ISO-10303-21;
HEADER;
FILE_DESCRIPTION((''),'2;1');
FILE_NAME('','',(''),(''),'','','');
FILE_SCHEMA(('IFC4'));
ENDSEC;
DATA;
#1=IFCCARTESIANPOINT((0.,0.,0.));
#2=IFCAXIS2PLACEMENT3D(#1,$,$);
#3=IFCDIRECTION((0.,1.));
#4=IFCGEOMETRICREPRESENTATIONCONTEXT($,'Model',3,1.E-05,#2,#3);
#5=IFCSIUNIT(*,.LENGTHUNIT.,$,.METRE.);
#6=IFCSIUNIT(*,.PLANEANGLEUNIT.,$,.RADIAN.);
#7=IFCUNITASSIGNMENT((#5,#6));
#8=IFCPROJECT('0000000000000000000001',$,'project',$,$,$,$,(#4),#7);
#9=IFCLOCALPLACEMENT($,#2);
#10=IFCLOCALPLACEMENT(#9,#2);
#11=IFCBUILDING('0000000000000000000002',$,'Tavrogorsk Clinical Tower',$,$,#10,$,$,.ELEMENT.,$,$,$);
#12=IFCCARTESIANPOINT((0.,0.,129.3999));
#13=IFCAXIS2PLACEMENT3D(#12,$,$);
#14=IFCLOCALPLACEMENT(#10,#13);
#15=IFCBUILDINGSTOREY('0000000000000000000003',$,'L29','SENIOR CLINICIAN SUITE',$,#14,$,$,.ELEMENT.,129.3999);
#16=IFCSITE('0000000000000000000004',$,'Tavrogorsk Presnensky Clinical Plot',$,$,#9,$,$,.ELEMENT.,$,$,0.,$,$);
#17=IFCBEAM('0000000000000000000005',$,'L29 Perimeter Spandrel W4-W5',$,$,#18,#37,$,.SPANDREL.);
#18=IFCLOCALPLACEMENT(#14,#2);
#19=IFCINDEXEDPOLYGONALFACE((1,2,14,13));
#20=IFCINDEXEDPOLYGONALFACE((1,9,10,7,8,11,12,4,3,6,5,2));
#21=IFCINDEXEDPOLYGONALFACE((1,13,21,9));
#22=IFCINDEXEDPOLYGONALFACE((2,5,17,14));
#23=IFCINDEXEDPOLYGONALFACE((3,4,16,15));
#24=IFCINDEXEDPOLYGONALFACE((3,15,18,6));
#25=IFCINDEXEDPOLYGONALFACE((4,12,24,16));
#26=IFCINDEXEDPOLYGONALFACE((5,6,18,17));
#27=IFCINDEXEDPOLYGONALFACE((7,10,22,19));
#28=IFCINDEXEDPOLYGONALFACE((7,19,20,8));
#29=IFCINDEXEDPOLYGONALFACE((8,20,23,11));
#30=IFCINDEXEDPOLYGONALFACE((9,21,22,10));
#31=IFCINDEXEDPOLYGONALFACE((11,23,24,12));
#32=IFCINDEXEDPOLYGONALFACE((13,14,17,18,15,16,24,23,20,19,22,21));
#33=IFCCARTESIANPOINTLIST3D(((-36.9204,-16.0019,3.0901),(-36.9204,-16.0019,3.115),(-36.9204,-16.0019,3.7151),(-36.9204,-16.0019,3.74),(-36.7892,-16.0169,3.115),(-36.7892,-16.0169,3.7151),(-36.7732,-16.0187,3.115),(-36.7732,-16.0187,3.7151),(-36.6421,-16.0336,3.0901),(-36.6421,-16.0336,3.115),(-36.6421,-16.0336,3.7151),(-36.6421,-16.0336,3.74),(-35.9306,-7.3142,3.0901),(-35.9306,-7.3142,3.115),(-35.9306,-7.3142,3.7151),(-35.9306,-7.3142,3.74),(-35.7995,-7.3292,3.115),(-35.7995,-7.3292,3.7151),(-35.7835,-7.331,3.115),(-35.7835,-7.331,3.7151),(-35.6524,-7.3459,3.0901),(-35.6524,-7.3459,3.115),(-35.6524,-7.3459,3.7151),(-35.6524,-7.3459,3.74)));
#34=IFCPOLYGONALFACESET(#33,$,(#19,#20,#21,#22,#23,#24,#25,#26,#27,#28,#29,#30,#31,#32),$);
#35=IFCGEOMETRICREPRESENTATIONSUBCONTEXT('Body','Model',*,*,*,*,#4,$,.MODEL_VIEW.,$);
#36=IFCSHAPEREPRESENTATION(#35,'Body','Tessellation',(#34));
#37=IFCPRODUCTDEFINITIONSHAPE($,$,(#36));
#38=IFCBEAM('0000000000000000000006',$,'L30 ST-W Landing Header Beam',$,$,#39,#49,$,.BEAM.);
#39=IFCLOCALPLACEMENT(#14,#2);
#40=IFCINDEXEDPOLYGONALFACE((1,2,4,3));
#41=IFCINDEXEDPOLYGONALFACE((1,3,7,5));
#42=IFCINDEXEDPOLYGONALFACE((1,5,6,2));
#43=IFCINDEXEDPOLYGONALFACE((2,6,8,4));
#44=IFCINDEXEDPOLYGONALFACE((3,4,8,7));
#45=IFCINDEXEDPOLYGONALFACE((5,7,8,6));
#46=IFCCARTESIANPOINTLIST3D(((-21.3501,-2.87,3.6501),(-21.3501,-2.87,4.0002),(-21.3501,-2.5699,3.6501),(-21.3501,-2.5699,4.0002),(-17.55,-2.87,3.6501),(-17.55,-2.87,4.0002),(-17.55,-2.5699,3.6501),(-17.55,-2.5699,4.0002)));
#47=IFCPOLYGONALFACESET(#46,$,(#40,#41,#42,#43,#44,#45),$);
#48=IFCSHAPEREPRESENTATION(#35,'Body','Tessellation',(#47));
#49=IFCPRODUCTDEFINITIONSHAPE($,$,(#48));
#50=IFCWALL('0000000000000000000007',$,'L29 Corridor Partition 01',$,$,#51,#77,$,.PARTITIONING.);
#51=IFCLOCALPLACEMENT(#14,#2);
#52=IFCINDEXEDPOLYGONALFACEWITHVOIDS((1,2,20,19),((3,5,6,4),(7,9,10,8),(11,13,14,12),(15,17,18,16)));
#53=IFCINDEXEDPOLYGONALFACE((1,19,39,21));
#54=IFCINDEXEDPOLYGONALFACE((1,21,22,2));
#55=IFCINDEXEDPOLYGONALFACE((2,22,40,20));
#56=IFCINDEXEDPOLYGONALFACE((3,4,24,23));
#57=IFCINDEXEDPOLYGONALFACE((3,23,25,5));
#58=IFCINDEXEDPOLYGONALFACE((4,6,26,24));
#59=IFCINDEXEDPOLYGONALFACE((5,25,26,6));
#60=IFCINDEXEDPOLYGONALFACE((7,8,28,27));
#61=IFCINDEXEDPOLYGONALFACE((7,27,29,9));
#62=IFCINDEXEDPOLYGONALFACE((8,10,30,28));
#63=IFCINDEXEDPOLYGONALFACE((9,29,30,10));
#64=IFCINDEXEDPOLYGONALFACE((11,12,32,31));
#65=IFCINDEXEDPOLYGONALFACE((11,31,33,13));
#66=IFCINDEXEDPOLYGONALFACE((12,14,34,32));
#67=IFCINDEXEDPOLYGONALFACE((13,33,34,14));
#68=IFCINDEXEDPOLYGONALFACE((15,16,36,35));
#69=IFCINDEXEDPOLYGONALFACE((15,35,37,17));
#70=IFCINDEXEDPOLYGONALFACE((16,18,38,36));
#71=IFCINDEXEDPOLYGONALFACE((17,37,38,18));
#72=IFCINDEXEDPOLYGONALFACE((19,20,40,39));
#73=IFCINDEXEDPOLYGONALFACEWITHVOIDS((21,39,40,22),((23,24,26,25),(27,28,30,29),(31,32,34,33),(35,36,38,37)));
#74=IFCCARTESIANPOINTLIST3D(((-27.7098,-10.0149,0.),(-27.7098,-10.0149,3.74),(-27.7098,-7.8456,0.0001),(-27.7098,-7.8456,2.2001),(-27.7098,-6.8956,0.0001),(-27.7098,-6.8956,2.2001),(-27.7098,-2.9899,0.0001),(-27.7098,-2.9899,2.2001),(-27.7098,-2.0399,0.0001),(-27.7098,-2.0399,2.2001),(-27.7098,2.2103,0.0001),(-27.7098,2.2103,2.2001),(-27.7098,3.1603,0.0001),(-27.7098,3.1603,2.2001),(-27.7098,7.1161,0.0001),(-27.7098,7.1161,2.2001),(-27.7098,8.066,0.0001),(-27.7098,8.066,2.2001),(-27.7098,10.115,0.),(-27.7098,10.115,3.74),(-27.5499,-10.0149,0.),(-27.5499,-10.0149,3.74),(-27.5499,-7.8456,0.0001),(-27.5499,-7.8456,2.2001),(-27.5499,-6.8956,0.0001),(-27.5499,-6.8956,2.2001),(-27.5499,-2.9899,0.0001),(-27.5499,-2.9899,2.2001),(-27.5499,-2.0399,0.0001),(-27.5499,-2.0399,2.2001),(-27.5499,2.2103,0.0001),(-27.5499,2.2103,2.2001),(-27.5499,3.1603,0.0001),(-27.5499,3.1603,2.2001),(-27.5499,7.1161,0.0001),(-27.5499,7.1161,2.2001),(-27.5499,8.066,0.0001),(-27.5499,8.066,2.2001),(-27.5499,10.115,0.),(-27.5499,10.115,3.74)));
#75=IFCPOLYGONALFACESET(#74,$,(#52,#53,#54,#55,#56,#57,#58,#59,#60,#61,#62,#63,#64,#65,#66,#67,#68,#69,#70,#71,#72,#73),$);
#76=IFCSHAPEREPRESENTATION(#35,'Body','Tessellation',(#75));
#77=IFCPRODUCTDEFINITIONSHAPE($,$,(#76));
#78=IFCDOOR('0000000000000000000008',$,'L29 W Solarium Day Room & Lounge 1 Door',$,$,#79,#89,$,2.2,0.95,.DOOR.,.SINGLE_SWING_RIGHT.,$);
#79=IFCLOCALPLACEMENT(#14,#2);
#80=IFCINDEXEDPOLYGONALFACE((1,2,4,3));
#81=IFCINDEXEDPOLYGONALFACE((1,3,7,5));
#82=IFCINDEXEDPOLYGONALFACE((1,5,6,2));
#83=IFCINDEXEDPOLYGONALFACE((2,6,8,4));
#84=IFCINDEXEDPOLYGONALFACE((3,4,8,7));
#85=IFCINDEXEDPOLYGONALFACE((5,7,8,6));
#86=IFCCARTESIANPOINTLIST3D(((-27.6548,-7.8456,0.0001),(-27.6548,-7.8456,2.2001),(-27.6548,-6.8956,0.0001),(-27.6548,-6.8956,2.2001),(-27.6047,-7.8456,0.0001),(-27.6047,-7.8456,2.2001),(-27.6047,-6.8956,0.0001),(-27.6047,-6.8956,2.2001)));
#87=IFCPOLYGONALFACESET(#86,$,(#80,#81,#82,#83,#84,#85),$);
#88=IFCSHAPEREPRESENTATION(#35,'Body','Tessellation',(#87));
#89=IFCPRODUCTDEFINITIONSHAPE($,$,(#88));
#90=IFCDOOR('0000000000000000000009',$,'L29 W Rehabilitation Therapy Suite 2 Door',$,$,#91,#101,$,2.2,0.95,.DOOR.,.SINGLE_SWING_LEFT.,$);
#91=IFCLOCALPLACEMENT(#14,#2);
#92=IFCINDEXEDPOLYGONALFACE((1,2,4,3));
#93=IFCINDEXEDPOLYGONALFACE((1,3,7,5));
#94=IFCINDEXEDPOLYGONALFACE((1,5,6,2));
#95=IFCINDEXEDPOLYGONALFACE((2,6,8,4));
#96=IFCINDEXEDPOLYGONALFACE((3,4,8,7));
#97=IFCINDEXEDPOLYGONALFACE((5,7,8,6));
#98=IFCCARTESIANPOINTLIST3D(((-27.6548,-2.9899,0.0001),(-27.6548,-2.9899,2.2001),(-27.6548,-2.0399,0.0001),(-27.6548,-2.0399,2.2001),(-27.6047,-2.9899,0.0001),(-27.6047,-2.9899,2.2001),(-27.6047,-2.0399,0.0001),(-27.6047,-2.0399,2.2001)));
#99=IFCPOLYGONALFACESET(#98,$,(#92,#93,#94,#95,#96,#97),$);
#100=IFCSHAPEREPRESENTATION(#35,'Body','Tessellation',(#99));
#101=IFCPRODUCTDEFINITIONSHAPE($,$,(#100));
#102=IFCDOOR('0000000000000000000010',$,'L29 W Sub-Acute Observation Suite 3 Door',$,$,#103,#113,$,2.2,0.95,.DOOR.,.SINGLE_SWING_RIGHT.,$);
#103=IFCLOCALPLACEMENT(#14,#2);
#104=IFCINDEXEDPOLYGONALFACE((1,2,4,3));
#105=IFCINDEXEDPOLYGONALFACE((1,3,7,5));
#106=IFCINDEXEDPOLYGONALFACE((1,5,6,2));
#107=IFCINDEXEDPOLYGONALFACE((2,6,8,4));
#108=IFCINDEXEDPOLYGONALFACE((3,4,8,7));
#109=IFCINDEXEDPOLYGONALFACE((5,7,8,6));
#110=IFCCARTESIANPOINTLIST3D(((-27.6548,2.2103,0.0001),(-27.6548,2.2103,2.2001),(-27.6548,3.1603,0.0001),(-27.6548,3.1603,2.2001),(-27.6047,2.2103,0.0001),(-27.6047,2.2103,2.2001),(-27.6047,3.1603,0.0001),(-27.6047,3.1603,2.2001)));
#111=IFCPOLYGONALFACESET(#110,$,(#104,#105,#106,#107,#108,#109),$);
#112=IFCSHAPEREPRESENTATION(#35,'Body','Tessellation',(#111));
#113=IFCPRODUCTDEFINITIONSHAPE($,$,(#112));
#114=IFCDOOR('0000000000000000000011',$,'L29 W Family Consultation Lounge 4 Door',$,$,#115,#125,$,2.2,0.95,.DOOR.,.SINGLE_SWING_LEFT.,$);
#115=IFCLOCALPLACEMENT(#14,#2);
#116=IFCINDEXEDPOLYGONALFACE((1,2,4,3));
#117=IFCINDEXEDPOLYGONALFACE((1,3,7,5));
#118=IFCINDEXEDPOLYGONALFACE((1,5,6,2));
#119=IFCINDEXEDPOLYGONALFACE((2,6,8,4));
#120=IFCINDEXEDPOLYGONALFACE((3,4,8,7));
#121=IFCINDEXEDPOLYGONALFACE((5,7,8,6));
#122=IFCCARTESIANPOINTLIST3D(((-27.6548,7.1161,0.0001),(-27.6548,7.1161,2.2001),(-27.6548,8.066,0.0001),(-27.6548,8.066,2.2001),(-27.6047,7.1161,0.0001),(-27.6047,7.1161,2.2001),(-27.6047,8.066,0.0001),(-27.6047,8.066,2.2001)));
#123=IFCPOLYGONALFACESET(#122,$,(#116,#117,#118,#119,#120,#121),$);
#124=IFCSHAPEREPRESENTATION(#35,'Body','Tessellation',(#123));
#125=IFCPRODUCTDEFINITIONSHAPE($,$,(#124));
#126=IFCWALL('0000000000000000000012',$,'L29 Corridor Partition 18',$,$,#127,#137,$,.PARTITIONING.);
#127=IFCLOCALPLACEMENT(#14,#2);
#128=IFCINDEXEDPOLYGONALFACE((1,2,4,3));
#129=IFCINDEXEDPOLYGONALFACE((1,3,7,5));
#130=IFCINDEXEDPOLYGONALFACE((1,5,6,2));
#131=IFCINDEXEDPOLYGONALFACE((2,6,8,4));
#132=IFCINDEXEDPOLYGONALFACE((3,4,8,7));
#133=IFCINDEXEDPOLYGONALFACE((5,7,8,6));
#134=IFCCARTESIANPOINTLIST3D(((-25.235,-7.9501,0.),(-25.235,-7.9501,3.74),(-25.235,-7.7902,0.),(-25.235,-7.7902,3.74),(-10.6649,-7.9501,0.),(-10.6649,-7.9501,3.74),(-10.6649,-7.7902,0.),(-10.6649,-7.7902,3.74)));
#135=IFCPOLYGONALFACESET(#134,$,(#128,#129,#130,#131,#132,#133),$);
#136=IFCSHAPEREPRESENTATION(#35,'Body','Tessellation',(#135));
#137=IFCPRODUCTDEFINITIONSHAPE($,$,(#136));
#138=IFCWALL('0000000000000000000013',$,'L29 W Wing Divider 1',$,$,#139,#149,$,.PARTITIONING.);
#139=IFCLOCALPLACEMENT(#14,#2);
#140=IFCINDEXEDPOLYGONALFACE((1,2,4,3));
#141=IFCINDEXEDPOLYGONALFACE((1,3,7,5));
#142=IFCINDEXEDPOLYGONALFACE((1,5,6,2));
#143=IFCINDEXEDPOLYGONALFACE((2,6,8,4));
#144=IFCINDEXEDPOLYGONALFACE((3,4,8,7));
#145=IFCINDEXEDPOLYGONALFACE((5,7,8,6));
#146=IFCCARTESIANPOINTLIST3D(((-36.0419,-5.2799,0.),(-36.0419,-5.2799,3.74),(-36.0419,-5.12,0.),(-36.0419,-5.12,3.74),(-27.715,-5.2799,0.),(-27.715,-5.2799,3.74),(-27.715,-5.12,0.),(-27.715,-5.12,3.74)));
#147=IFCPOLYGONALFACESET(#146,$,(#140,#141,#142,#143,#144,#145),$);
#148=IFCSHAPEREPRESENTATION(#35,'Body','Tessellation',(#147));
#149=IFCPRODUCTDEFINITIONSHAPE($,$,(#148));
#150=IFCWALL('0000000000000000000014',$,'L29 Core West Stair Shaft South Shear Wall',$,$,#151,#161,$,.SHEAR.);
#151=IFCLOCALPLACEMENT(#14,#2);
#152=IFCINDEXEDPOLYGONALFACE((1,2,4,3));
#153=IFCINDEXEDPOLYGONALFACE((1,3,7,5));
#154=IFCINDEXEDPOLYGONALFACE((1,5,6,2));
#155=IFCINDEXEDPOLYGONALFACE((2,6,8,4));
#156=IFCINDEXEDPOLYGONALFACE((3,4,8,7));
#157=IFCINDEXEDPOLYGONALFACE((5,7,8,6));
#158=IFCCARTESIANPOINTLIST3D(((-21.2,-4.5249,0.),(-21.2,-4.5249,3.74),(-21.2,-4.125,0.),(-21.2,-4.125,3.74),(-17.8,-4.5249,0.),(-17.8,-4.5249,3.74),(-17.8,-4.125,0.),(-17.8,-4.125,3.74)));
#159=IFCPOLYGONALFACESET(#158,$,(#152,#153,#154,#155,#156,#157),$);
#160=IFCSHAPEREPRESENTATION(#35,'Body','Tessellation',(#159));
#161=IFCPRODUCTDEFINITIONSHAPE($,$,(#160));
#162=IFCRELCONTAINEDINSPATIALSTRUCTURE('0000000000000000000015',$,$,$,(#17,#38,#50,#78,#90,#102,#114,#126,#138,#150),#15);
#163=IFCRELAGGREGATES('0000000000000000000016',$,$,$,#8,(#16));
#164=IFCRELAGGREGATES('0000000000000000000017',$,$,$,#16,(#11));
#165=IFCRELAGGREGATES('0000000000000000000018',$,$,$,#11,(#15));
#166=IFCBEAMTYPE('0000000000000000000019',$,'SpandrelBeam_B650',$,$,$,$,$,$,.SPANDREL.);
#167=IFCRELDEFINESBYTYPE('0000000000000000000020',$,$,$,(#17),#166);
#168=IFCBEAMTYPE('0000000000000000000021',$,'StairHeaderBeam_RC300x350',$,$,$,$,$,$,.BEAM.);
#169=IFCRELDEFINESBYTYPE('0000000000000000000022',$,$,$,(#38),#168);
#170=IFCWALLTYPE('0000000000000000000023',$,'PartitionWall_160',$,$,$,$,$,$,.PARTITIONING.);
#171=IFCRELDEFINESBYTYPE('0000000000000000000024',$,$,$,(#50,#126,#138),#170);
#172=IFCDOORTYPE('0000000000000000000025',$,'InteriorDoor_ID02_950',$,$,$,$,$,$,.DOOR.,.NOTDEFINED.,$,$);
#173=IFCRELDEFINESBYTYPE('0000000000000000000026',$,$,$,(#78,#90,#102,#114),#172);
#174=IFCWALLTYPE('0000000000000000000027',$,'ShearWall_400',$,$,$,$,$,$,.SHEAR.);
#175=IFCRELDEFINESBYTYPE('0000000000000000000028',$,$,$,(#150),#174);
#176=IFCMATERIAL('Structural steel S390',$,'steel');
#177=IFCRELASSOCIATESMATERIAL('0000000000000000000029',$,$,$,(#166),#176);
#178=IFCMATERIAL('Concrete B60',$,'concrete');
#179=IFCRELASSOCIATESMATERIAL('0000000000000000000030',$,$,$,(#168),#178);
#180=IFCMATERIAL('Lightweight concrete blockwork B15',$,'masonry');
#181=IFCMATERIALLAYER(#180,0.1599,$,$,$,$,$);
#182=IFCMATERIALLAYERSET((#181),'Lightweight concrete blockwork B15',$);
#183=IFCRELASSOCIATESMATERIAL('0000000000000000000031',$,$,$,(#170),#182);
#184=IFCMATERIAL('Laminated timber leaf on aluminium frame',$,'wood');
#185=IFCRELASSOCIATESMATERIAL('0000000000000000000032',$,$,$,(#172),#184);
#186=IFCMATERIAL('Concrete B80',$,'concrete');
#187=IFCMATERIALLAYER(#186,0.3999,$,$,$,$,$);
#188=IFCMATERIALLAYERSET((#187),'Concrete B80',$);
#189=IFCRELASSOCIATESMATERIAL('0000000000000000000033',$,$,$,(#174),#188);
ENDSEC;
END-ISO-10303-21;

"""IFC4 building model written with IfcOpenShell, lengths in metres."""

from ifc_helpers import new_model, si_unit, direction, frame, frame_2d, origin, origin_2d, place, context, subcontext, project, spatial, rectangle, i_section, extrude, material, layer, layer_set, material_profile, profile_set, type_object, element, fill, save


model = new_model("IFC4")

# Units and contexts
model_context = context("Model", 3, precision=1e-05, world=origin(), true_north=direction((0.0, 1.0)))
body_context = subcontext(model_context, "Body", "Model", "MODEL_VIEW")
ifc_project = project(units=[si_unit("LENGTHUNIT", "METRE"), si_unit("PLANEANGLEUNIT", "RADIAN")], contexts=[model_context])

# Site, building, storey
site_placement = place(None, origin())
site = spatial("IfcSite", under=ifc_project, at=site_placement, Name="Tavrogorsk Presnensky Clinical Plot", CompositionType="ELEMENT", RefElevation=0.0)
building_placement = place(site_placement, origin())
building = spatial("IfcBuilding", under=site, at=building_placement, Name="Tavrogorsk Clinical Tower", CompositionType="ELEMENT")
storey_placement = place(building_placement, frame((0.0, 0.0, 129.3999)))
storey = spatial("IfcBuildingStorey", under=building, at=storey_placement, Name="L29", Description="SENIOR CLINICIAN SUITE", CompositionType="ELEMENT", Elevation=129.3999)

# Beams
ifc_material_1 = material(Name="Structural steel S390", Category="steel")
ifc_material_profile_1 = material_profile(ifc_material_1, i_section(OverallWidth=0.28, OverallDepth=0.6499, WebThickness=0.0161, FlangeThickness=0.0249, at=origin_2d()), Name="B-650x280x16x25")
ifc_profile_set_1 = profile_set([ifc_material_profile_1], Name="Structural steel S390")
beam_type_1 = type_object("IfcBeamType", Name="SpandrelBeam_B650", PredefinedType="SPANDREL", material=ifc_profile_set_1)
beam_1_placement = place(storey_placement, frame((-35.7915, -7.3301, 3.415), z_axis=(-0.113192, -0.993573, 0.0), x_axis=(0.993573, -0.113192, 0.0)))
element("IfcBeam", 1, at=beam_1_placement, inside=storey, type_object=beam_type_1, Name="L29 Perimeter Spandrel W4-W5", PredefinedType="SPANDREL", context=body_context, shape_type="SweptSolid", body=[
    extrude(i_section(OverallWidth=0.28, OverallDepth=0.6499, WebThickness=0.0161, FlangeThickness=0.0249, at=origin_2d()), origin(), (0.0, 0.0, 1.0), 8.7439),
])
ifc_material_2 = material(Name="Concrete B60", Category="concrete")
ifc_material_profile_2 = material_profile(ifc_material_2, rectangle(XDim=0.3, YDim=0.3501, at=origin_2d()), Name="RC-SHB-300x350")
ifc_profile_set_2 = profile_set([ifc_material_profile_2], Name="Concrete B60")
beam_type_2 = type_object("IfcBeamType", Name="StairHeaderBeam_RC300x350", PredefinedType="BEAM", material=ifc_profile_set_2)
beam_2_placement = place(storey_placement, frame((-21.3501, -2.72, 3.8252), z_axis=(1.0, 0.0, 0.0), x_axis=(0.0, 1.0, 0.0)))
element("IfcBeam", 2, at=beam_2_placement, inside=storey, type_object=beam_type_2, Name="L30 ST-W Landing Header Beam", PredefinedType="BEAM", context=body_context, shape_type="SweptSolid", body=[
    extrude(rectangle(XDim=0.3, YDim=0.3501, at=origin_2d()), origin(), (0.0, 0.0, 1.0), 3.8),
])

# Wall, openings, doors
ifc_material_3 = material(Name="Lightweight concrete blockwork B15", Category="masonry")
ifc_layer_1 = layer(ifc_material_3, 0.1599)
ifc_layer_set_1 = layer_set([ifc_layer_1], Name="Lightweight concrete blockwork B15")
wall_type_1 = type_object("IfcWallType", Name="PartitionWall_160", PredefinedType="PARTITIONING", material=ifc_layer_set_1)
wall_1_placement = place(storey_placement, frame((-27.6299, -10.0149, 0.0), z_axis=(0.0, 0.0, 1.0), x_axis=(0.0, 1.0, 0.0)))
wall_1 = element("IfcWall", 3, at=wall_1_placement, inside=storey, type_object=wall_type_1, Name="L29 Corridor Partition 01", PredefinedType="PARTITIONING", context=body_context, shape_type="SweptSolid", body=[
    extrude(rectangle(XDim=20.1299, YDim=0.1599, at=frame_2d((10.0649, 0.0))), origin(), (0.0, 0.0, 1.0), 3.74),
])
opening_1_placement = place(wall_1_placement, frame((2.1692, 0.0, 0.0)))
opening_1 = element("IfcOpeningElement", 4, at=opening_1_placement, cuts=wall_1, PredefinedType="OPENING", context=body_context, shape_type="SweptSolid", body=[
    extrude(rectangle(XDim=0.95, YDim=2.2, at=frame_2d((0.4751, 1.1001))), frame((0.0, 0.0898, 0.0), z_axis=(0.0, -1.0, 0.0), x_axis=(1.0, 0.0, 0.0)), (0.0, 0.0, 1.0), 0.1799),
])
opening_2_placement = place(wall_1_placement, frame((7.0249, 0.0, 0.0)))
opening_2 = element("IfcOpeningElement", 5, at=opening_2_placement, cuts=wall_1, PredefinedType="OPENING", context=body_context, shape_type="SweptSolid", body=[
    extrude(rectangle(XDim=0.95, YDim=2.2, at=frame_2d((0.4751, 1.1001))), frame((0.0, 0.0898, 0.0), z_axis=(0.0, -1.0, 0.0), x_axis=(1.0, 0.0, 0.0)), (0.0, 0.0, 1.0), 0.1799),
])
opening_3_placement = place(wall_1_placement, frame((12.2251, 0.0, 0.0)))
opening_3 = element("IfcOpeningElement", 6, at=opening_3_placement, cuts=wall_1, PredefinedType="OPENING", context=body_context, shape_type="SweptSolid", body=[
    extrude(rectangle(XDim=0.95, YDim=2.2, at=frame_2d((0.4751, 1.1001))), frame((0.0, 0.0898, 0.0), z_axis=(0.0, -1.0, 0.0), x_axis=(1.0, 0.0, 0.0)), (0.0, 0.0, 1.0), 0.1799),
])
opening_4_placement = place(wall_1_placement, frame((17.1309, 0.0, 0.0)))
opening_4 = element("IfcOpeningElement", 7, at=opening_4_placement, cuts=wall_1, PredefinedType="OPENING", context=body_context, shape_type="SweptSolid", body=[
    extrude(rectangle(XDim=0.95, YDim=2.2, at=frame_2d((0.4751, 1.1001))), frame((0.0, 0.0898, 0.0), z_axis=(0.0, -1.0, 0.0), x_axis=(1.0, 0.0, 0.0)), (0.0, 0.0, 1.0), 0.1799),
])
ifc_material_4 = material(Name="Laminated timber leaf on aluminium frame", Category="wood")
door_type = type_object("IfcDoorType", Name="InteriorDoor_ID02_950", OperationType="NOTDEFINED", PredefinedType="DOOR", material=ifc_material_4)
door_1_placement = place(opening_1_placement, origin())
door_1 = element("IfcDoor", 8, at=door_1_placement, inside=storey, type_object=door_type, Name="L29 W Solarium Day Room & Lounge 1 Door", OperationType="SINGLE_SWING_RIGHT", OverallHeight=2.2, OverallWidth=0.95, PredefinedType="DOOR", context=body_context, shape_type="SweptSolid", body=[
    extrude(rectangle(XDim=0.95, YDim=2.2, at=frame_2d((0.4751, 1.1001))), frame((0.0, 0.0249, 0.0), z_axis=(0.0, -1.0, 0.0), x_axis=(1.0, 0.0, 0.0)), (0.0, 0.0, 1.0), 0.05),
])
fill(opening_1, door_1)
door_2_placement = place(opening_2_placement, origin())
door_2 = element("IfcDoor", 9, at=door_2_placement, inside=storey, type_object=door_type, Name="L29 W Rehabilitation Therapy Suite 2 Door", OperationType="SINGLE_SWING_LEFT", OverallHeight=2.2, OverallWidth=0.95, PredefinedType="DOOR", context=body_context, shape_type="SweptSolid", body=[
    extrude(rectangle(XDim=0.95, YDim=2.2, at=frame_2d((0.4751, 1.1001))), frame((0.0, 0.0249, 0.0), z_axis=(0.0, -1.0, 0.0), x_axis=(1.0, 0.0, 0.0)), (0.0, 0.0, 1.0), 0.05),
])
fill(opening_2, door_2)
door_3_placement = place(opening_3_placement, origin())
door_3 = element("IfcDoor", 10, at=door_3_placement, inside=storey, type_object=door_type, Name="L29 W Sub-Acute Observation Suite 3 Door", OperationType="SINGLE_SWING_RIGHT", OverallHeight=2.2, OverallWidth=0.95, PredefinedType="DOOR", context=body_context, shape_type="SweptSolid", body=[
    extrude(rectangle(XDim=0.95, YDim=2.2, at=frame_2d((0.4751, 1.1001))), frame((0.0, 0.0249, 0.0), z_axis=(0.0, -1.0, 0.0), x_axis=(1.0, 0.0, 0.0)), (0.0, 0.0, 1.0), 0.05),
])
fill(opening_3, door_3)
door_4_placement = place(opening_4_placement, origin())
door_4 = element("IfcDoor", 11, at=door_4_placement, inside=storey, type_object=door_type, Name="L29 W Family Consultation Lounge 4 Door", OperationType="SINGLE_SWING_LEFT", OverallHeight=2.2, OverallWidth=0.95, PredefinedType="DOOR", context=body_context, shape_type="SweptSolid", body=[
    extrude(rectangle(XDim=0.95, YDim=2.2, at=frame_2d((0.4751, 1.1001))), frame((0.0, 0.0249, 0.0), z_axis=(0.0, -1.0, 0.0), x_axis=(1.0, 0.0, 0.0)), (0.0, 0.0, 1.0), 0.05),
])
fill(opening_4, door_4)

# Walls
wall_2_placement = place(storey_placement, frame((-25.2351, -7.8701, 0.0), z_axis=(0.0, 0.0, 1.0), x_axis=(1.0, 0.0, 0.0)))
element("IfcWall", 12, at=wall_2_placement, inside=storey, type_object=wall_type_1, Name="L29 Corridor Partition 18", PredefinedType="PARTITIONING", context=body_context, shape_type="SweptSolid", body=[
    extrude(rectangle(XDim=14.5701, YDim=0.1599, at=frame_2d((7.2852, 0.0))), origin(), (0.0, 0.0, 1.0), 3.74),
])
wall_3_placement = place(storey_placement, frame((-36.042, -5.2, 0.0), z_axis=(0.0, 0.0, 1.0), x_axis=(1.0, 0.0, 0.0)))
element("IfcWall", 13, at=wall_3_placement, inside=storey, type_object=wall_type_1, Name="L29 W Wing Divider 1", PredefinedType="PARTITIONING", context=body_context, shape_type="SweptSolid", body=[
    extrude(rectangle(XDim=8.3269, YDim=0.1599, at=frame_2d((4.1636, 0.0))), origin(), (0.0, 0.0, 1.0), 3.74),
])
ifc_material_5 = material(Name="Concrete B80", Category="concrete")
ifc_layer_2 = layer(ifc_material_5, 0.3999)
ifc_layer_set_2 = layer_set([ifc_layer_2], Name="Concrete B80")
wall_type_2 = type_object("IfcWallType", Name="ShearWall_400", PredefinedType="SHEAR", material=ifc_layer_set_2)
wall_4_placement = place(storey_placement, frame((-21.2, -4.325, 0.0), z_axis=(0.0, 0.0, 1.0), x_axis=(1.0, 0.0, 0.0)))
element("IfcWall", 14, at=wall_4_placement, inside=storey, type_object=wall_type_2, Name="L29 Core West Stair Shaft South Shear Wall", PredefinedType="SHEAR", context=body_context, shape_type="SweptSolid", body=[
    extrude(rectangle(XDim=3.3999, YDim=0.3999, at=frame_2d((1.7, 0.0))), origin(), (0.0, 0.0, 1.0), 3.74),
])

save(model, "model.ifc")
